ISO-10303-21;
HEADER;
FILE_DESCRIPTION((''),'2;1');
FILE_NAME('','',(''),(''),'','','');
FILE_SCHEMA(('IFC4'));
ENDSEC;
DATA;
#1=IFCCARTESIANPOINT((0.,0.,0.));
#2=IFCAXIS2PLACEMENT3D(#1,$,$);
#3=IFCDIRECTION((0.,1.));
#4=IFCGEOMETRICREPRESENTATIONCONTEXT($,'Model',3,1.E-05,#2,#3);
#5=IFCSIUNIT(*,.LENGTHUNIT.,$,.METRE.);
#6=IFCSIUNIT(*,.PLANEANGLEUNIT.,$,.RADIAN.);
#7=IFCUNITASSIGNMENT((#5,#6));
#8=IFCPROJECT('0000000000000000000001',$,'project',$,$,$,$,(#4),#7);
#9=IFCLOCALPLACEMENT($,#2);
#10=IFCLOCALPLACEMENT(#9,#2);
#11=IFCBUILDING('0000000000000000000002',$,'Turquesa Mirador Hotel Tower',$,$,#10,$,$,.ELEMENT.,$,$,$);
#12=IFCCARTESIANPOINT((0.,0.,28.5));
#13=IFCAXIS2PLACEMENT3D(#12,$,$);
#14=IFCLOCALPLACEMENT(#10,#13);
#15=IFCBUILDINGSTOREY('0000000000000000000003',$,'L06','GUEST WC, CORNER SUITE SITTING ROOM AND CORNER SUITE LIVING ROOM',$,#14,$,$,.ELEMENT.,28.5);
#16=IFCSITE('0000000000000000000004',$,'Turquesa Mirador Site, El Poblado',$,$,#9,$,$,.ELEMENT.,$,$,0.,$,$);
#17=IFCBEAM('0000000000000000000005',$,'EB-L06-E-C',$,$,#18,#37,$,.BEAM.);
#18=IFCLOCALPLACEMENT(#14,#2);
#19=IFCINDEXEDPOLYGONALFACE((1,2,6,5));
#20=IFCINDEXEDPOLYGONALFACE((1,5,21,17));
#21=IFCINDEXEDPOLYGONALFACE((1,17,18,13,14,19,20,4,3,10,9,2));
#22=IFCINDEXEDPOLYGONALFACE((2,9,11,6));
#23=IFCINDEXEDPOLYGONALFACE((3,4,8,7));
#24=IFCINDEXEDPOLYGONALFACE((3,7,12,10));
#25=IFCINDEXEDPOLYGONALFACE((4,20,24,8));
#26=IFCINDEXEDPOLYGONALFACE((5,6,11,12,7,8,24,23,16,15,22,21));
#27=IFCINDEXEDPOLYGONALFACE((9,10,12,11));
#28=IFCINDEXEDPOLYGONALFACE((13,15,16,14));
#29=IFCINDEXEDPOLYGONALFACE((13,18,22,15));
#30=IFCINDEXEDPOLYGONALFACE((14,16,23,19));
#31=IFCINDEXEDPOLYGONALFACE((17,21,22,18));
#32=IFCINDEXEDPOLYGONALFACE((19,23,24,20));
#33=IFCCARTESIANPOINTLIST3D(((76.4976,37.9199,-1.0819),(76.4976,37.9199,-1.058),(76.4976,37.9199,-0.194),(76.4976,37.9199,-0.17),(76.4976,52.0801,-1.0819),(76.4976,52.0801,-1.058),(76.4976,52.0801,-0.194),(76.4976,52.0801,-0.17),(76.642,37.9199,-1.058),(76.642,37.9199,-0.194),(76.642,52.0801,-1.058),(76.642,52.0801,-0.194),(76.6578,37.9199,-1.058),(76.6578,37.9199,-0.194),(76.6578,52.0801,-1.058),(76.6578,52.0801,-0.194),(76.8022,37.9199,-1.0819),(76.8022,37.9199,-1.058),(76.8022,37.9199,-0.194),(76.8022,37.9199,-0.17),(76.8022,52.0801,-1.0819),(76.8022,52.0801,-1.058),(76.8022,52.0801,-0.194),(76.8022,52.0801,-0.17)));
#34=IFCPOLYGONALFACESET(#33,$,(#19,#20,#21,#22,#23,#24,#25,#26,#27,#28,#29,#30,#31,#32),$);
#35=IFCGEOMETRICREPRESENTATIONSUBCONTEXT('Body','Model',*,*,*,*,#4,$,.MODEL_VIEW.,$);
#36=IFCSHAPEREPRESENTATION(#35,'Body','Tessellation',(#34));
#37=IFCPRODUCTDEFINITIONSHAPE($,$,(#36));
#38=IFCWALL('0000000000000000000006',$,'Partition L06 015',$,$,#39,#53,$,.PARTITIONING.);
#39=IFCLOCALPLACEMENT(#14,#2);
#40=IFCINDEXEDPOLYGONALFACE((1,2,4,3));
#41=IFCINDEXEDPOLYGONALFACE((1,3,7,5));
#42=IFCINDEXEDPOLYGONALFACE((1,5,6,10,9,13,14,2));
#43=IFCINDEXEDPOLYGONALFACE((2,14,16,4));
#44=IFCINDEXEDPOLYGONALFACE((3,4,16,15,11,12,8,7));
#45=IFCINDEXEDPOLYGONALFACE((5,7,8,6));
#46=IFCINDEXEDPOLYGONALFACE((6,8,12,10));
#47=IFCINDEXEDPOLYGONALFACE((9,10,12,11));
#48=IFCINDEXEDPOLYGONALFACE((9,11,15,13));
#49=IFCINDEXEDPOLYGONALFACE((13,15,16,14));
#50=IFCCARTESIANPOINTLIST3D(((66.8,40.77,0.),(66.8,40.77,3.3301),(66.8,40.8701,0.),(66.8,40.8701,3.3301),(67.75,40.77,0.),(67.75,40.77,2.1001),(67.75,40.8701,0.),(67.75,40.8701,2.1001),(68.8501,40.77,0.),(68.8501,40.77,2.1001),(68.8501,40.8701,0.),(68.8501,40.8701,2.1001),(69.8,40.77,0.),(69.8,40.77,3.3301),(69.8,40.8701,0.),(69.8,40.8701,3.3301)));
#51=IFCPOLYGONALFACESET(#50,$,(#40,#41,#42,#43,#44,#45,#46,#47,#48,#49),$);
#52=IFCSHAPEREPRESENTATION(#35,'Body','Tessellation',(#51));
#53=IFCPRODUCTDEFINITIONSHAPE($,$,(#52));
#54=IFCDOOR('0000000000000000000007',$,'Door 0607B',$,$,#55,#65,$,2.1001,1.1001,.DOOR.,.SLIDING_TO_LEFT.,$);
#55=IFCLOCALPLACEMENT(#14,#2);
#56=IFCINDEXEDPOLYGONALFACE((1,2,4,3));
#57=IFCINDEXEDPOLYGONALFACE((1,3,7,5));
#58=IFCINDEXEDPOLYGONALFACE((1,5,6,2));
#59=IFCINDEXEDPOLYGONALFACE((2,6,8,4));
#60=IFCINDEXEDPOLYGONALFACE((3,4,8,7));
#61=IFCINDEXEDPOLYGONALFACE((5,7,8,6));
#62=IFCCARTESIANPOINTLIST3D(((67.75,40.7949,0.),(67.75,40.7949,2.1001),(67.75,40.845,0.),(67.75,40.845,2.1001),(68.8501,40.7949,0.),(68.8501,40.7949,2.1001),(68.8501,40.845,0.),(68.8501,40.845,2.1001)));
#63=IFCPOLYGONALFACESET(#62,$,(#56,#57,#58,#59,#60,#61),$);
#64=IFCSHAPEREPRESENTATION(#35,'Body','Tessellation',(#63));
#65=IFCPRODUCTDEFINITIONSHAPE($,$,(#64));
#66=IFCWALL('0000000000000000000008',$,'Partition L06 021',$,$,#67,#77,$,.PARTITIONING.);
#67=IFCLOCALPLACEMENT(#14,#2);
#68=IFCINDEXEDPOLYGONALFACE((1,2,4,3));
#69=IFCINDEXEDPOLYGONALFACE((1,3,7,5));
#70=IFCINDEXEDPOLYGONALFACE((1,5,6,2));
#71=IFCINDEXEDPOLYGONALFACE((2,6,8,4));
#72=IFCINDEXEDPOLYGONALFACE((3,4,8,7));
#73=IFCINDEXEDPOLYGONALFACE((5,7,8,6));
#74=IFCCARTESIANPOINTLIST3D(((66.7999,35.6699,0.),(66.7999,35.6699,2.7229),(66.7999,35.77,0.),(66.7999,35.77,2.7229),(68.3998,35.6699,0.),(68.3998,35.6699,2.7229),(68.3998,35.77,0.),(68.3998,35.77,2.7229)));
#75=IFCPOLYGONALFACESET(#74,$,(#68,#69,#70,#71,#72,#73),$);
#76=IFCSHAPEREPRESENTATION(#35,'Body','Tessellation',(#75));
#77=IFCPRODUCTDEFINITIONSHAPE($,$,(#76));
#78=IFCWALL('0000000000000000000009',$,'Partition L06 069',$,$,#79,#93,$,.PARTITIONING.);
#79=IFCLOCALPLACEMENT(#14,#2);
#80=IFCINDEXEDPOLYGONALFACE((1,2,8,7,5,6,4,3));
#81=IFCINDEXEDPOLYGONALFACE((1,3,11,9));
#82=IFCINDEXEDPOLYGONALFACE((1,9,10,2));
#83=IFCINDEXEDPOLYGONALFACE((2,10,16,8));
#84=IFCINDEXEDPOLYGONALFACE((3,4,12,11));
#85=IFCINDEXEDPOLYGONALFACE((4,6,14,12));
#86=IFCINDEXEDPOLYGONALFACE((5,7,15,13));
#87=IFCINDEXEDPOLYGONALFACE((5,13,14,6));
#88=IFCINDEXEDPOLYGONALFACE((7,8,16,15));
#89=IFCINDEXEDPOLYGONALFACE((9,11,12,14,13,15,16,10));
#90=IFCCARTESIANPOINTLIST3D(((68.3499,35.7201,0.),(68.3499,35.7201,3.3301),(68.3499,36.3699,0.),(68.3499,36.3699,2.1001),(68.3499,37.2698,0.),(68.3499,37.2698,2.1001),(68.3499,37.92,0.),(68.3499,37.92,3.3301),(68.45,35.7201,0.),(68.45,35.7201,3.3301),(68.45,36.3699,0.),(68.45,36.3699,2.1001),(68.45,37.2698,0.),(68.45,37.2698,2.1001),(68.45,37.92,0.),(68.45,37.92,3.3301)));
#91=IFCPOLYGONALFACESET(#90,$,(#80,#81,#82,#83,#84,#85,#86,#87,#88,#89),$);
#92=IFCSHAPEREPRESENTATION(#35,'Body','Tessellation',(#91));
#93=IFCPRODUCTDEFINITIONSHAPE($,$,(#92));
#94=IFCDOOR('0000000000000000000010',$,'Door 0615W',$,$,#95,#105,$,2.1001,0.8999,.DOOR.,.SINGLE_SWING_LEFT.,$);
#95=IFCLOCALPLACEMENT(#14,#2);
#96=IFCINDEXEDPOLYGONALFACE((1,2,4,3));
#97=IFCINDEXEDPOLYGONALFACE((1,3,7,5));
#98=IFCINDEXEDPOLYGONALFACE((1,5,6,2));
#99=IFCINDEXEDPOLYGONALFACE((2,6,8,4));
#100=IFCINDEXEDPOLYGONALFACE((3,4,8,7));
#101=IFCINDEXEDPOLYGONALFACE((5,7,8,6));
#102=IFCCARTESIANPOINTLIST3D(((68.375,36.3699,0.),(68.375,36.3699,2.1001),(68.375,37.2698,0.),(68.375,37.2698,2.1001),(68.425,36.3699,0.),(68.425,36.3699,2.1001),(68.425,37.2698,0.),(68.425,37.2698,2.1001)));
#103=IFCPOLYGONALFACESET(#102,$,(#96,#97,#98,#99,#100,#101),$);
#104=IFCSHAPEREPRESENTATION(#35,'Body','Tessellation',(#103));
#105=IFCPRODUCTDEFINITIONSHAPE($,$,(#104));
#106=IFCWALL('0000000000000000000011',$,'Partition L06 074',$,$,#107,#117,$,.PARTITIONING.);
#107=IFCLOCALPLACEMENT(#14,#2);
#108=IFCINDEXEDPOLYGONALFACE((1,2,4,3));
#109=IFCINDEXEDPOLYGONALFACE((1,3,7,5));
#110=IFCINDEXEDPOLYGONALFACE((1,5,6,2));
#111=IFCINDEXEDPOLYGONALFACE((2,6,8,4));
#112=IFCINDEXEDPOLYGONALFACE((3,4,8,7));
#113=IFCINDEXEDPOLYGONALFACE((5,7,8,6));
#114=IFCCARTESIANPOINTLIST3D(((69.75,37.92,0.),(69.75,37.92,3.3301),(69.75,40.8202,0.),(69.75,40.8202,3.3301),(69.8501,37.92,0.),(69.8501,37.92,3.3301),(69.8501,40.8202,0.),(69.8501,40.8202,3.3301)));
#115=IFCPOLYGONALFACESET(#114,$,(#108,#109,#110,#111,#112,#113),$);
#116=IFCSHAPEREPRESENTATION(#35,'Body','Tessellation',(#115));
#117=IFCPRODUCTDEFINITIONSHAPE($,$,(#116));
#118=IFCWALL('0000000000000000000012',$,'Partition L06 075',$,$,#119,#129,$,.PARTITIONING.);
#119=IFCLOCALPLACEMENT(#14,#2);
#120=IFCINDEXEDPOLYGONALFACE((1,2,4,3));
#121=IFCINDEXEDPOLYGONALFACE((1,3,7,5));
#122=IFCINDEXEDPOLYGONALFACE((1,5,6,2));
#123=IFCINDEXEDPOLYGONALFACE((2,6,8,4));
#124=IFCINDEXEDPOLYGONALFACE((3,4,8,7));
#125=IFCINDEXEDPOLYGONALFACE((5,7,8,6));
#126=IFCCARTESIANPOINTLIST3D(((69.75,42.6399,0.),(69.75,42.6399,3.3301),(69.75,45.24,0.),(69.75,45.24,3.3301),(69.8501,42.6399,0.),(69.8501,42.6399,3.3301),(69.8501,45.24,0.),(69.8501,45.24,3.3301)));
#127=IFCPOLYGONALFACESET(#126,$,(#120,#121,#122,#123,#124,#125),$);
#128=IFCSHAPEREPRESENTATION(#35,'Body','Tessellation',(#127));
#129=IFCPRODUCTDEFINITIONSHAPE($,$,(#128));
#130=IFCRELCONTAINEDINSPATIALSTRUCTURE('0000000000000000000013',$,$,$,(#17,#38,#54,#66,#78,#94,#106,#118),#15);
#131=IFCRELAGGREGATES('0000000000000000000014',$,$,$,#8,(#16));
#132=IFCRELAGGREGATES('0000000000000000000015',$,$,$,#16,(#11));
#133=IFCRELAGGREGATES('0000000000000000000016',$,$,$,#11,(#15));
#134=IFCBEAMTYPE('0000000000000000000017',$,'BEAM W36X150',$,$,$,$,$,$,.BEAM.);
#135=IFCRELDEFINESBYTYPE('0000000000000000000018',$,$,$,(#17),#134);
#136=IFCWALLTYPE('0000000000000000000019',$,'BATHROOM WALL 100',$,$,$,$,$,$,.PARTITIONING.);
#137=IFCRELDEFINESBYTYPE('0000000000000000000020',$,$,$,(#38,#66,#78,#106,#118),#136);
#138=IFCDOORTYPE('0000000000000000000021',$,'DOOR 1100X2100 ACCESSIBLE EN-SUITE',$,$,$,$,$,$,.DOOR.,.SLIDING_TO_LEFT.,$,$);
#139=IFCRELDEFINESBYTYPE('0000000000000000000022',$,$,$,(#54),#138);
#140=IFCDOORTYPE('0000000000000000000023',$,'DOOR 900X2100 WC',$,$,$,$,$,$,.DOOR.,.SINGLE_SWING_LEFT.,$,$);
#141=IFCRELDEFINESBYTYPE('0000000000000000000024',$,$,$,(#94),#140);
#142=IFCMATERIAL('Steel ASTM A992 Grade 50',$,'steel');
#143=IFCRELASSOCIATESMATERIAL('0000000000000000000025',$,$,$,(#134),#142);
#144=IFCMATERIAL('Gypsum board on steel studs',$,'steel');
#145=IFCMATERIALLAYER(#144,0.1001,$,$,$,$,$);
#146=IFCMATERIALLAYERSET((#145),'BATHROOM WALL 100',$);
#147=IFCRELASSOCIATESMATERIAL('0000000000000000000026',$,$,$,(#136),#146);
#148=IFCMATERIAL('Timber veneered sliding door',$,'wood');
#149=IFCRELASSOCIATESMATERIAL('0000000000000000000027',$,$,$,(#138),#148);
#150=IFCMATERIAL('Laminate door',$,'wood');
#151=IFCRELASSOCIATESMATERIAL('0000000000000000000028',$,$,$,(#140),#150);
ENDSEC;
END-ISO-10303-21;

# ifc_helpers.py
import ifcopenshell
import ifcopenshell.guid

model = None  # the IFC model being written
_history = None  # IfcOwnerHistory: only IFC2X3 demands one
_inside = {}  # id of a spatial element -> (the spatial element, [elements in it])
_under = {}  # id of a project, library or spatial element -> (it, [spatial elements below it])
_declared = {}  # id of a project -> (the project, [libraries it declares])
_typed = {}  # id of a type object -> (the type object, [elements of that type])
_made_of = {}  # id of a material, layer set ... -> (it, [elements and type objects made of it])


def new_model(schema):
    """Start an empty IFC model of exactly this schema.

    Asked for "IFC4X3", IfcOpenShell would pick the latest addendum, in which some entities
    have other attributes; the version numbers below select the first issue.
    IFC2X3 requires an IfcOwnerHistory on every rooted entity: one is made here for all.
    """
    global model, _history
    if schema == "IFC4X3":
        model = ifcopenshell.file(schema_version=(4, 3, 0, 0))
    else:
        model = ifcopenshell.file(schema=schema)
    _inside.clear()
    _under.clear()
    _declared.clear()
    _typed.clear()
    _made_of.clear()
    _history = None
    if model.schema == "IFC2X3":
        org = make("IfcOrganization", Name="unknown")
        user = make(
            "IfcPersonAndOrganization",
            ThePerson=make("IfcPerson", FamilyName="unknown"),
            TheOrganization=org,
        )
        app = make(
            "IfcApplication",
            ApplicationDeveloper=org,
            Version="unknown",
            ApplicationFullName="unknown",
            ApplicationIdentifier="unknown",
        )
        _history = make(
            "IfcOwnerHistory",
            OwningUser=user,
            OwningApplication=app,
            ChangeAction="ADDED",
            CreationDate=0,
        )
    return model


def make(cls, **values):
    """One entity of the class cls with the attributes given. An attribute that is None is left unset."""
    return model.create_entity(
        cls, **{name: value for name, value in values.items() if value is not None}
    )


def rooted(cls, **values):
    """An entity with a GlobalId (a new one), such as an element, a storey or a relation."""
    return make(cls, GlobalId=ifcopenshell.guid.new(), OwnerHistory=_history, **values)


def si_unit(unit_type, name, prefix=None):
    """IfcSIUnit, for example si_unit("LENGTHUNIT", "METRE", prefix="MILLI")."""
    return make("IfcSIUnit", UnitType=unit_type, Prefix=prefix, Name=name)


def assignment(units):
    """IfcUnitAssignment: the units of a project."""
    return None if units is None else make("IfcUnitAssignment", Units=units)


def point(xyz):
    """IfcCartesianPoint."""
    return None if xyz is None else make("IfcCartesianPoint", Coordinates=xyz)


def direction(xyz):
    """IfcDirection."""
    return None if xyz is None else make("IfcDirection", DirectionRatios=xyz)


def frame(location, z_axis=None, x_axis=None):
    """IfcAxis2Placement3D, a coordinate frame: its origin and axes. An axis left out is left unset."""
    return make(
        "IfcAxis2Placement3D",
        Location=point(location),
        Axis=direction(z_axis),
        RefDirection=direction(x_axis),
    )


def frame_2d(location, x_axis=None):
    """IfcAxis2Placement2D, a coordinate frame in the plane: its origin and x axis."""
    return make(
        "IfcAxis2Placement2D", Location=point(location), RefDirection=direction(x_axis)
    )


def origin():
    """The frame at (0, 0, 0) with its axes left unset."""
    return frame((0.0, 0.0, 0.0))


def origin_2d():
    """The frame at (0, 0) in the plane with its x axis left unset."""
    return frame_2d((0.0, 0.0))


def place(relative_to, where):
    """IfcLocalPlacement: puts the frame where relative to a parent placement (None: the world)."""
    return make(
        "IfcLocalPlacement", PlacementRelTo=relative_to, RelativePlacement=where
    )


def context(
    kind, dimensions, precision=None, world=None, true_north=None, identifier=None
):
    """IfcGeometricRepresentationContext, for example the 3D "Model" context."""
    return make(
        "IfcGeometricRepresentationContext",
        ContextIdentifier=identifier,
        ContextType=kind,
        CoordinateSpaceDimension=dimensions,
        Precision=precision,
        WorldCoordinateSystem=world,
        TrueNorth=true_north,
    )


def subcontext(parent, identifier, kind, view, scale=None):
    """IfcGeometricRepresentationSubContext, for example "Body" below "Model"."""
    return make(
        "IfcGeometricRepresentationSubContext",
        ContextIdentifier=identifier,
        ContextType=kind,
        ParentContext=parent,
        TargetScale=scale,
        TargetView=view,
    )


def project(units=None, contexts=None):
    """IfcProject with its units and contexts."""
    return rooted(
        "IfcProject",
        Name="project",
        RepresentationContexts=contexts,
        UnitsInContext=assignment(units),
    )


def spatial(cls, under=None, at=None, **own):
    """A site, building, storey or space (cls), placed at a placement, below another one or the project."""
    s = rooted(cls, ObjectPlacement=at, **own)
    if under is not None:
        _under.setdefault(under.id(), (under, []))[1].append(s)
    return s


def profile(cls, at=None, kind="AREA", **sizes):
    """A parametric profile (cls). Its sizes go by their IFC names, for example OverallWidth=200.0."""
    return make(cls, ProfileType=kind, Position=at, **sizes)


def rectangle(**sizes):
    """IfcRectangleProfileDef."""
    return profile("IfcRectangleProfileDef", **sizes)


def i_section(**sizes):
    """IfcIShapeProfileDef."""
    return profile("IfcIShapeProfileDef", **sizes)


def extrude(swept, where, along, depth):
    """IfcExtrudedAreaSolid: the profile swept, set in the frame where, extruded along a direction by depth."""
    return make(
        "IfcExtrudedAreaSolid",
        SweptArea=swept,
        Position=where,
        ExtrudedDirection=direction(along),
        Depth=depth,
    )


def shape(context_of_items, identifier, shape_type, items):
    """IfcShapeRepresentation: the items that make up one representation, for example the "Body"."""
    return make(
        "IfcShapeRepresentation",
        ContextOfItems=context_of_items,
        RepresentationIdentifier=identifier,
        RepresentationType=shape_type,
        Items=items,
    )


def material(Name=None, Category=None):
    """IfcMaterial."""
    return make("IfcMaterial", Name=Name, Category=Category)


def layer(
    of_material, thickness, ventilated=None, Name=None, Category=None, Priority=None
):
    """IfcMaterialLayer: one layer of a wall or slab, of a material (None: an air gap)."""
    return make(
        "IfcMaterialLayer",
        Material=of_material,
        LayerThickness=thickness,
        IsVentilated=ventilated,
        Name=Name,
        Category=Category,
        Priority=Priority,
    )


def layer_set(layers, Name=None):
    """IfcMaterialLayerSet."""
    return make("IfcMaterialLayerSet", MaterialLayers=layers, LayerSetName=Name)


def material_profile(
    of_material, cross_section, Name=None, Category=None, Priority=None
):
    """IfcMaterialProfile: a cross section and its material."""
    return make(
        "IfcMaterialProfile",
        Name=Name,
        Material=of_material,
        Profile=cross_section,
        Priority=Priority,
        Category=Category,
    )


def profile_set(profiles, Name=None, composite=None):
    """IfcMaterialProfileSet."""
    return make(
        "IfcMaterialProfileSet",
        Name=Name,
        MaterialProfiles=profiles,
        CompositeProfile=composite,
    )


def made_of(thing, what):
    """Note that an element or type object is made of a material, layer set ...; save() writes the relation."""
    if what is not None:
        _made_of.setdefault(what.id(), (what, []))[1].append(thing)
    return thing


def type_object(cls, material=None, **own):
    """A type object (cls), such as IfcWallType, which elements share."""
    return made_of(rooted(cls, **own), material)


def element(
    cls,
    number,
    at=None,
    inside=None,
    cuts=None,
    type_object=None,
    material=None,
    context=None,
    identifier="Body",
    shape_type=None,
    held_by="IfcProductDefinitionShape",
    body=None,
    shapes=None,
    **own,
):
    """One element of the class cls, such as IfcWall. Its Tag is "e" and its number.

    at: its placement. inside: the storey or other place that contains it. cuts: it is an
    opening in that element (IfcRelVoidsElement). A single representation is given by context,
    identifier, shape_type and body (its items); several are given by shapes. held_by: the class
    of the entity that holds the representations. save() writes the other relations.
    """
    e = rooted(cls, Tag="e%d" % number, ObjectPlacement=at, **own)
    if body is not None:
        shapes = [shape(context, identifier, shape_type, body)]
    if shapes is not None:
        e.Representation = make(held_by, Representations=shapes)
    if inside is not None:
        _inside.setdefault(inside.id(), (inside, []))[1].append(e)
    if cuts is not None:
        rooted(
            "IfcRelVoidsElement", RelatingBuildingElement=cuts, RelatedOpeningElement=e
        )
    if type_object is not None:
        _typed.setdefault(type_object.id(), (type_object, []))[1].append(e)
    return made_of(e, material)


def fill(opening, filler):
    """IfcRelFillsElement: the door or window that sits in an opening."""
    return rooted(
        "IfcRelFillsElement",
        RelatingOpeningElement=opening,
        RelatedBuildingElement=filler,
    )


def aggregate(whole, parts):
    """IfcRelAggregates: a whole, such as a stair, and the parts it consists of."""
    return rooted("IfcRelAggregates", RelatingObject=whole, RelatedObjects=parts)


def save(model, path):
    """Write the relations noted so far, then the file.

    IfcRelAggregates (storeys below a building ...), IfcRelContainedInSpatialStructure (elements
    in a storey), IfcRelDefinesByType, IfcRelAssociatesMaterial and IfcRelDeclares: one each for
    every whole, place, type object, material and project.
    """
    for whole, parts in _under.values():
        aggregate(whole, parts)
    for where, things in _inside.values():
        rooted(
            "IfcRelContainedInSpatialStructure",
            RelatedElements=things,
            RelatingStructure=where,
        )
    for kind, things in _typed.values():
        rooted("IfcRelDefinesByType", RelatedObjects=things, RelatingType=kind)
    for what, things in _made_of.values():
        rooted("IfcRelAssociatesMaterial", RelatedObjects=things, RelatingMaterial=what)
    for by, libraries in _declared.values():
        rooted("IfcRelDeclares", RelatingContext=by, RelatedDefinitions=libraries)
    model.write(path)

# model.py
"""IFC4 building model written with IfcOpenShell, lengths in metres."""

from ifc_helpers import new_model, si_unit, direction, frame, frame_2d, origin, origin_2d, place, context, subcontext, project, spatial, rectangle, i_section, extrude, material, layer, layer_set, material_profile, profile_set, type_object, element, fill, save


model = new_model("IFC4")

# Units and contexts
model_context = context("Model", 3, precision=1e-05, world=origin(), true_north=direction((0.0, 1.0)))
body_context = subcontext(model_context, "Body", "Model", "MODEL_VIEW")
ifc_project = project(units=[si_unit("LENGTHUNIT", "METRE"), si_unit("PLANEANGLEUNIT", "RADIAN")], contexts=[model_context])

# Site, building, storey
site_placement = place(None, origin())
site = spatial("IfcSite", under=ifc_project, at=site_placement, Name="Turquesa Mirador Site, El Poblado", CompositionType="ELEMENT", RefElevation=0.0)
building_placement = place(site_placement, origin())
building = spatial("IfcBuilding", under=site, at=building_placement, Name="Turquesa Mirador Hotel Tower", CompositionType="ELEMENT")
storey_placement = place(building_placement, frame((0.0, 0.0, 28.5)))
storey = spatial("IfcBuildingStorey", under=building, at=storey_placement, Name="L06", Description="GUEST WC, CORNER SUITE SITTING ROOM AND CORNER SUITE LIVING ROOM", CompositionType="ELEMENT", Elevation=28.5)

# Beam
ifc_material_1 = material(Name="Steel ASTM A992 Grade 50", Category="steel")
ifc_material_profile_1 = material_profile(ifc_material_1, i_section(OverallWidth=0.3047, OverallDepth=0.9119, WebThickness=0.0159, FlangeThickness=0.0239, at=origin_2d()), Name="W36X150")
ifc_profile_set_1 = profile_set([ifc_material_profile_1], Name="Steel ASTM A992 Grade 50")
beam_type_1 = type_object("IfcBeamType", Name="BEAM W36X150", PredefinedType="BEAM", material=ifc_profile_set_1)
beam_1_placement = place(storey_placement, frame((76.6499, 37.9199, -0.626), z_axis=(0.0, 1.0, 0.0), x_axis=(-1.0, 0.0, 0.0)))
element("IfcBeam", 1, at=beam_1_placement, inside=storey, type_object=beam_type_1, Name="EB-L06-E-C", PredefinedType="BEAM", context=body_context, shape_type="SweptSolid", body=[
    extrude(i_section(OverallWidth=0.3047, OverallDepth=0.9119, WebThickness=0.0159, FlangeThickness=0.0239, at=origin_2d()), origin(), (0.0, 0.0, 1.0), 14.1602),
])

# Wall, opening, door
ifc_material_2 = material(Name="Gypsum board on steel studs", Category="steel")
ifc_layer_1 = layer(ifc_material_2, 0.1001)
ifc_layer_set_1 = layer_set([ifc_layer_1], Name="BATHROOM WALL 100")
wall_type_1 = type_object("IfcWallType", Name="BATHROOM WALL 100", PredefinedType="PARTITIONING", material=ifc_layer_set_1)
wall_1_placement = place(storey_placement, frame((66.8, 40.8201, 0.0), z_axis=(0.0, 0.0, 1.0), x_axis=(1.0, 0.0, 0.0)))
wall_1 = element("IfcWall", 2, at=wall_1_placement, inside=storey, type_object=wall_type_1, Name="Partition L06 015", PredefinedType="PARTITIONING", context=body_context, shape_type="SweptSolid", body=[
    extrude(rectangle(XDim=3.0, YDim=0.1001, at=frame_2d((1.5, 0.0))), origin(), (0.0, 0.0, 1.0), 3.3301),
])
opening_1_placement = place(wall_1_placement, frame((0.95, 0.0, 0.0)))
opening_1 = element("IfcOpeningElement", 3, at=opening_1_placement, cuts=wall_1, PredefinedType="OPENING", context=body_context, shape_type="SweptSolid", body=[
    extrude(rectangle(XDim=1.1001, YDim=2.1001, at=frame_2d((0.55, 1.05))), frame((0.0, 0.0601, 0.0), z_axis=(0.0, -1.0, 0.0), x_axis=(1.0, 0.0, 0.0)), (0.0, 0.0, 1.0), 0.1201),
])
ifc_material_3 = material(Name="Timber veneered sliding door", Category="wood")
door_type_1 = type_object("IfcDoorType", Name="DOOR 1100X2100 ACCESSIBLE EN-SUITE", OperationType="SLIDING_TO_LEFT", PredefinedType="DOOR", material=ifc_material_3)
door_1_placement = place(opening_1_placement, origin())
door_1 = element("IfcDoor", 4, at=door_1_placement, inside=storey, type_object=door_type_1, Name="Door 0607B", OperationType="SLIDING_TO_LEFT", OverallHeight=2.1001, OverallWidth=1.1001, PredefinedType="DOOR", context=body_context, shape_type="SweptSolid", body=[
    extrude(rectangle(XDim=1.1001, YDim=2.1001, at=frame_2d((0.55, 1.05))), frame((0.0, 0.0249, 0.0), z_axis=(0.0, -1.0, 0.0), x_axis=(1.0, 0.0, 0.0)), (0.0, 0.0, 1.0), 0.05),
])
fill(opening_1, door_1)

# Wall
wall_2_placement = place(storey_placement, frame((66.8, 35.72, 0.0), z_axis=(0.0, 0.0, 1.0), x_axis=(1.0, 0.0, 0.0)))
element("IfcWall", 5, at=wall_2_placement, inside=storey, type_object=wall_type_1, Name="Partition L06 021", PredefinedType="PARTITIONING", context=body_context, shape_type="SweptSolid", body=[
    extrude(rectangle(XDim=1.5999, YDim=0.1001, at=frame_2d((0.7998, 0.0))), origin(), (0.0, 0.0, 1.0), 2.7229),
])

# Wall, opening, door
wall_3_placement = place(storey_placement, frame((68.3999, 35.72, 0.0), z_axis=(0.0, 0.0, 1.0), x_axis=(0.0, 1.0, 0.0)))
wall_3 = element("IfcWall", 6, at=wall_3_placement, inside=storey, type_object=wall_type_1, Name="Partition L06 069", PredefinedType="PARTITIONING", context=body_context, shape_type="SweptSolid", body=[
    extrude(rectangle(XDim=2.2, YDim=0.1001, at=frame_2d((1.1001, 0.0))), origin(), (0.0, 0.0, 1.0), 3.3301),
])
opening_2_placement = place(wall_3_placement, frame((0.6499, 0.0, 0.0)))
opening_2 = element("IfcOpeningElement", 7, at=opening_2_placement, cuts=wall_3, PredefinedType="OPENING", context=body_context, shape_type="SweptSolid", body=[
    extrude(rectangle(XDim=0.8999, YDim=2.1001, at=frame_2d((0.45, 1.05))), frame((0.0, 0.0601, 0.0), z_axis=(0.0, -1.0, 0.0), x_axis=(1.0, 0.0, 0.0)), (0.0, 0.0, 1.0), 0.1201),
])
ifc_material_4 = material(Name="Laminate door", Category="wood")
door_type_2 = type_object("IfcDoorType", Name="DOOR 900X2100 WC", OperationType="SINGLE_SWING_LEFT", PredefinedType="DOOR", material=ifc_material_4)
door_2_placement = place(opening_2_placement, origin())
door_2 = element("IfcDoor", 8, at=door_2_placement, inside=storey, type_object=door_type_2, Name="Door 0615W", OperationType="SINGLE_SWING_LEFT", OverallHeight=2.1001, OverallWidth=0.8999, PredefinedType="DOOR", context=body_context, shape_type="SweptSolid", body=[
    extrude(rectangle(XDim=0.8999, YDim=2.1001, at=frame_2d((0.45, 1.05))), frame((0.0, 0.0249, 0.0), z_axis=(0.0, -1.0, 0.0), x_axis=(1.0, 0.0, 0.0)), (0.0, 0.0, 1.0), 0.05),
])
fill(opening_2, door_2)

# Walls
wall_4_placement = place(storey_placement, frame((69.8, 37.9199, 0.0), z_axis=(0.0, 0.0, 1.0), x_axis=(0.0, 1.0, 0.0)))
element("IfcWall", 9, at=wall_4_placement, inside=storey, type_object=wall_type_1, Name="Partition L06 074", PredefinedType="PARTITIONING", context=body_context, shape_type="SweptSolid", body=[
    extrude(rectangle(XDim=2.9001, YDim=0.1001, at=frame_2d((1.4502, 0.0))), origin(), (0.0, 0.0, 1.0), 3.3301),
])
wall_5_placement = place(storey_placement, frame((69.8, 42.6399, 0.0), z_axis=(0.0, 0.0, 1.0), x_axis=(0.0, 1.0, 0.0)))
element("IfcWall", 10, at=wall_5_placement, inside=storey, type_object=wall_type_1, Name="Partition L06 075", PredefinedType="PARTITIONING", context=body_context, shape_type="SweptSolid", body=[
    extrude(rectangle(XDim=2.6001, YDim=0.1001, at=frame_2d((1.3, 0.0))), origin(), (0.0, 0.0, 1.0), 3.3301),
])

save(model, "model.ifc")
